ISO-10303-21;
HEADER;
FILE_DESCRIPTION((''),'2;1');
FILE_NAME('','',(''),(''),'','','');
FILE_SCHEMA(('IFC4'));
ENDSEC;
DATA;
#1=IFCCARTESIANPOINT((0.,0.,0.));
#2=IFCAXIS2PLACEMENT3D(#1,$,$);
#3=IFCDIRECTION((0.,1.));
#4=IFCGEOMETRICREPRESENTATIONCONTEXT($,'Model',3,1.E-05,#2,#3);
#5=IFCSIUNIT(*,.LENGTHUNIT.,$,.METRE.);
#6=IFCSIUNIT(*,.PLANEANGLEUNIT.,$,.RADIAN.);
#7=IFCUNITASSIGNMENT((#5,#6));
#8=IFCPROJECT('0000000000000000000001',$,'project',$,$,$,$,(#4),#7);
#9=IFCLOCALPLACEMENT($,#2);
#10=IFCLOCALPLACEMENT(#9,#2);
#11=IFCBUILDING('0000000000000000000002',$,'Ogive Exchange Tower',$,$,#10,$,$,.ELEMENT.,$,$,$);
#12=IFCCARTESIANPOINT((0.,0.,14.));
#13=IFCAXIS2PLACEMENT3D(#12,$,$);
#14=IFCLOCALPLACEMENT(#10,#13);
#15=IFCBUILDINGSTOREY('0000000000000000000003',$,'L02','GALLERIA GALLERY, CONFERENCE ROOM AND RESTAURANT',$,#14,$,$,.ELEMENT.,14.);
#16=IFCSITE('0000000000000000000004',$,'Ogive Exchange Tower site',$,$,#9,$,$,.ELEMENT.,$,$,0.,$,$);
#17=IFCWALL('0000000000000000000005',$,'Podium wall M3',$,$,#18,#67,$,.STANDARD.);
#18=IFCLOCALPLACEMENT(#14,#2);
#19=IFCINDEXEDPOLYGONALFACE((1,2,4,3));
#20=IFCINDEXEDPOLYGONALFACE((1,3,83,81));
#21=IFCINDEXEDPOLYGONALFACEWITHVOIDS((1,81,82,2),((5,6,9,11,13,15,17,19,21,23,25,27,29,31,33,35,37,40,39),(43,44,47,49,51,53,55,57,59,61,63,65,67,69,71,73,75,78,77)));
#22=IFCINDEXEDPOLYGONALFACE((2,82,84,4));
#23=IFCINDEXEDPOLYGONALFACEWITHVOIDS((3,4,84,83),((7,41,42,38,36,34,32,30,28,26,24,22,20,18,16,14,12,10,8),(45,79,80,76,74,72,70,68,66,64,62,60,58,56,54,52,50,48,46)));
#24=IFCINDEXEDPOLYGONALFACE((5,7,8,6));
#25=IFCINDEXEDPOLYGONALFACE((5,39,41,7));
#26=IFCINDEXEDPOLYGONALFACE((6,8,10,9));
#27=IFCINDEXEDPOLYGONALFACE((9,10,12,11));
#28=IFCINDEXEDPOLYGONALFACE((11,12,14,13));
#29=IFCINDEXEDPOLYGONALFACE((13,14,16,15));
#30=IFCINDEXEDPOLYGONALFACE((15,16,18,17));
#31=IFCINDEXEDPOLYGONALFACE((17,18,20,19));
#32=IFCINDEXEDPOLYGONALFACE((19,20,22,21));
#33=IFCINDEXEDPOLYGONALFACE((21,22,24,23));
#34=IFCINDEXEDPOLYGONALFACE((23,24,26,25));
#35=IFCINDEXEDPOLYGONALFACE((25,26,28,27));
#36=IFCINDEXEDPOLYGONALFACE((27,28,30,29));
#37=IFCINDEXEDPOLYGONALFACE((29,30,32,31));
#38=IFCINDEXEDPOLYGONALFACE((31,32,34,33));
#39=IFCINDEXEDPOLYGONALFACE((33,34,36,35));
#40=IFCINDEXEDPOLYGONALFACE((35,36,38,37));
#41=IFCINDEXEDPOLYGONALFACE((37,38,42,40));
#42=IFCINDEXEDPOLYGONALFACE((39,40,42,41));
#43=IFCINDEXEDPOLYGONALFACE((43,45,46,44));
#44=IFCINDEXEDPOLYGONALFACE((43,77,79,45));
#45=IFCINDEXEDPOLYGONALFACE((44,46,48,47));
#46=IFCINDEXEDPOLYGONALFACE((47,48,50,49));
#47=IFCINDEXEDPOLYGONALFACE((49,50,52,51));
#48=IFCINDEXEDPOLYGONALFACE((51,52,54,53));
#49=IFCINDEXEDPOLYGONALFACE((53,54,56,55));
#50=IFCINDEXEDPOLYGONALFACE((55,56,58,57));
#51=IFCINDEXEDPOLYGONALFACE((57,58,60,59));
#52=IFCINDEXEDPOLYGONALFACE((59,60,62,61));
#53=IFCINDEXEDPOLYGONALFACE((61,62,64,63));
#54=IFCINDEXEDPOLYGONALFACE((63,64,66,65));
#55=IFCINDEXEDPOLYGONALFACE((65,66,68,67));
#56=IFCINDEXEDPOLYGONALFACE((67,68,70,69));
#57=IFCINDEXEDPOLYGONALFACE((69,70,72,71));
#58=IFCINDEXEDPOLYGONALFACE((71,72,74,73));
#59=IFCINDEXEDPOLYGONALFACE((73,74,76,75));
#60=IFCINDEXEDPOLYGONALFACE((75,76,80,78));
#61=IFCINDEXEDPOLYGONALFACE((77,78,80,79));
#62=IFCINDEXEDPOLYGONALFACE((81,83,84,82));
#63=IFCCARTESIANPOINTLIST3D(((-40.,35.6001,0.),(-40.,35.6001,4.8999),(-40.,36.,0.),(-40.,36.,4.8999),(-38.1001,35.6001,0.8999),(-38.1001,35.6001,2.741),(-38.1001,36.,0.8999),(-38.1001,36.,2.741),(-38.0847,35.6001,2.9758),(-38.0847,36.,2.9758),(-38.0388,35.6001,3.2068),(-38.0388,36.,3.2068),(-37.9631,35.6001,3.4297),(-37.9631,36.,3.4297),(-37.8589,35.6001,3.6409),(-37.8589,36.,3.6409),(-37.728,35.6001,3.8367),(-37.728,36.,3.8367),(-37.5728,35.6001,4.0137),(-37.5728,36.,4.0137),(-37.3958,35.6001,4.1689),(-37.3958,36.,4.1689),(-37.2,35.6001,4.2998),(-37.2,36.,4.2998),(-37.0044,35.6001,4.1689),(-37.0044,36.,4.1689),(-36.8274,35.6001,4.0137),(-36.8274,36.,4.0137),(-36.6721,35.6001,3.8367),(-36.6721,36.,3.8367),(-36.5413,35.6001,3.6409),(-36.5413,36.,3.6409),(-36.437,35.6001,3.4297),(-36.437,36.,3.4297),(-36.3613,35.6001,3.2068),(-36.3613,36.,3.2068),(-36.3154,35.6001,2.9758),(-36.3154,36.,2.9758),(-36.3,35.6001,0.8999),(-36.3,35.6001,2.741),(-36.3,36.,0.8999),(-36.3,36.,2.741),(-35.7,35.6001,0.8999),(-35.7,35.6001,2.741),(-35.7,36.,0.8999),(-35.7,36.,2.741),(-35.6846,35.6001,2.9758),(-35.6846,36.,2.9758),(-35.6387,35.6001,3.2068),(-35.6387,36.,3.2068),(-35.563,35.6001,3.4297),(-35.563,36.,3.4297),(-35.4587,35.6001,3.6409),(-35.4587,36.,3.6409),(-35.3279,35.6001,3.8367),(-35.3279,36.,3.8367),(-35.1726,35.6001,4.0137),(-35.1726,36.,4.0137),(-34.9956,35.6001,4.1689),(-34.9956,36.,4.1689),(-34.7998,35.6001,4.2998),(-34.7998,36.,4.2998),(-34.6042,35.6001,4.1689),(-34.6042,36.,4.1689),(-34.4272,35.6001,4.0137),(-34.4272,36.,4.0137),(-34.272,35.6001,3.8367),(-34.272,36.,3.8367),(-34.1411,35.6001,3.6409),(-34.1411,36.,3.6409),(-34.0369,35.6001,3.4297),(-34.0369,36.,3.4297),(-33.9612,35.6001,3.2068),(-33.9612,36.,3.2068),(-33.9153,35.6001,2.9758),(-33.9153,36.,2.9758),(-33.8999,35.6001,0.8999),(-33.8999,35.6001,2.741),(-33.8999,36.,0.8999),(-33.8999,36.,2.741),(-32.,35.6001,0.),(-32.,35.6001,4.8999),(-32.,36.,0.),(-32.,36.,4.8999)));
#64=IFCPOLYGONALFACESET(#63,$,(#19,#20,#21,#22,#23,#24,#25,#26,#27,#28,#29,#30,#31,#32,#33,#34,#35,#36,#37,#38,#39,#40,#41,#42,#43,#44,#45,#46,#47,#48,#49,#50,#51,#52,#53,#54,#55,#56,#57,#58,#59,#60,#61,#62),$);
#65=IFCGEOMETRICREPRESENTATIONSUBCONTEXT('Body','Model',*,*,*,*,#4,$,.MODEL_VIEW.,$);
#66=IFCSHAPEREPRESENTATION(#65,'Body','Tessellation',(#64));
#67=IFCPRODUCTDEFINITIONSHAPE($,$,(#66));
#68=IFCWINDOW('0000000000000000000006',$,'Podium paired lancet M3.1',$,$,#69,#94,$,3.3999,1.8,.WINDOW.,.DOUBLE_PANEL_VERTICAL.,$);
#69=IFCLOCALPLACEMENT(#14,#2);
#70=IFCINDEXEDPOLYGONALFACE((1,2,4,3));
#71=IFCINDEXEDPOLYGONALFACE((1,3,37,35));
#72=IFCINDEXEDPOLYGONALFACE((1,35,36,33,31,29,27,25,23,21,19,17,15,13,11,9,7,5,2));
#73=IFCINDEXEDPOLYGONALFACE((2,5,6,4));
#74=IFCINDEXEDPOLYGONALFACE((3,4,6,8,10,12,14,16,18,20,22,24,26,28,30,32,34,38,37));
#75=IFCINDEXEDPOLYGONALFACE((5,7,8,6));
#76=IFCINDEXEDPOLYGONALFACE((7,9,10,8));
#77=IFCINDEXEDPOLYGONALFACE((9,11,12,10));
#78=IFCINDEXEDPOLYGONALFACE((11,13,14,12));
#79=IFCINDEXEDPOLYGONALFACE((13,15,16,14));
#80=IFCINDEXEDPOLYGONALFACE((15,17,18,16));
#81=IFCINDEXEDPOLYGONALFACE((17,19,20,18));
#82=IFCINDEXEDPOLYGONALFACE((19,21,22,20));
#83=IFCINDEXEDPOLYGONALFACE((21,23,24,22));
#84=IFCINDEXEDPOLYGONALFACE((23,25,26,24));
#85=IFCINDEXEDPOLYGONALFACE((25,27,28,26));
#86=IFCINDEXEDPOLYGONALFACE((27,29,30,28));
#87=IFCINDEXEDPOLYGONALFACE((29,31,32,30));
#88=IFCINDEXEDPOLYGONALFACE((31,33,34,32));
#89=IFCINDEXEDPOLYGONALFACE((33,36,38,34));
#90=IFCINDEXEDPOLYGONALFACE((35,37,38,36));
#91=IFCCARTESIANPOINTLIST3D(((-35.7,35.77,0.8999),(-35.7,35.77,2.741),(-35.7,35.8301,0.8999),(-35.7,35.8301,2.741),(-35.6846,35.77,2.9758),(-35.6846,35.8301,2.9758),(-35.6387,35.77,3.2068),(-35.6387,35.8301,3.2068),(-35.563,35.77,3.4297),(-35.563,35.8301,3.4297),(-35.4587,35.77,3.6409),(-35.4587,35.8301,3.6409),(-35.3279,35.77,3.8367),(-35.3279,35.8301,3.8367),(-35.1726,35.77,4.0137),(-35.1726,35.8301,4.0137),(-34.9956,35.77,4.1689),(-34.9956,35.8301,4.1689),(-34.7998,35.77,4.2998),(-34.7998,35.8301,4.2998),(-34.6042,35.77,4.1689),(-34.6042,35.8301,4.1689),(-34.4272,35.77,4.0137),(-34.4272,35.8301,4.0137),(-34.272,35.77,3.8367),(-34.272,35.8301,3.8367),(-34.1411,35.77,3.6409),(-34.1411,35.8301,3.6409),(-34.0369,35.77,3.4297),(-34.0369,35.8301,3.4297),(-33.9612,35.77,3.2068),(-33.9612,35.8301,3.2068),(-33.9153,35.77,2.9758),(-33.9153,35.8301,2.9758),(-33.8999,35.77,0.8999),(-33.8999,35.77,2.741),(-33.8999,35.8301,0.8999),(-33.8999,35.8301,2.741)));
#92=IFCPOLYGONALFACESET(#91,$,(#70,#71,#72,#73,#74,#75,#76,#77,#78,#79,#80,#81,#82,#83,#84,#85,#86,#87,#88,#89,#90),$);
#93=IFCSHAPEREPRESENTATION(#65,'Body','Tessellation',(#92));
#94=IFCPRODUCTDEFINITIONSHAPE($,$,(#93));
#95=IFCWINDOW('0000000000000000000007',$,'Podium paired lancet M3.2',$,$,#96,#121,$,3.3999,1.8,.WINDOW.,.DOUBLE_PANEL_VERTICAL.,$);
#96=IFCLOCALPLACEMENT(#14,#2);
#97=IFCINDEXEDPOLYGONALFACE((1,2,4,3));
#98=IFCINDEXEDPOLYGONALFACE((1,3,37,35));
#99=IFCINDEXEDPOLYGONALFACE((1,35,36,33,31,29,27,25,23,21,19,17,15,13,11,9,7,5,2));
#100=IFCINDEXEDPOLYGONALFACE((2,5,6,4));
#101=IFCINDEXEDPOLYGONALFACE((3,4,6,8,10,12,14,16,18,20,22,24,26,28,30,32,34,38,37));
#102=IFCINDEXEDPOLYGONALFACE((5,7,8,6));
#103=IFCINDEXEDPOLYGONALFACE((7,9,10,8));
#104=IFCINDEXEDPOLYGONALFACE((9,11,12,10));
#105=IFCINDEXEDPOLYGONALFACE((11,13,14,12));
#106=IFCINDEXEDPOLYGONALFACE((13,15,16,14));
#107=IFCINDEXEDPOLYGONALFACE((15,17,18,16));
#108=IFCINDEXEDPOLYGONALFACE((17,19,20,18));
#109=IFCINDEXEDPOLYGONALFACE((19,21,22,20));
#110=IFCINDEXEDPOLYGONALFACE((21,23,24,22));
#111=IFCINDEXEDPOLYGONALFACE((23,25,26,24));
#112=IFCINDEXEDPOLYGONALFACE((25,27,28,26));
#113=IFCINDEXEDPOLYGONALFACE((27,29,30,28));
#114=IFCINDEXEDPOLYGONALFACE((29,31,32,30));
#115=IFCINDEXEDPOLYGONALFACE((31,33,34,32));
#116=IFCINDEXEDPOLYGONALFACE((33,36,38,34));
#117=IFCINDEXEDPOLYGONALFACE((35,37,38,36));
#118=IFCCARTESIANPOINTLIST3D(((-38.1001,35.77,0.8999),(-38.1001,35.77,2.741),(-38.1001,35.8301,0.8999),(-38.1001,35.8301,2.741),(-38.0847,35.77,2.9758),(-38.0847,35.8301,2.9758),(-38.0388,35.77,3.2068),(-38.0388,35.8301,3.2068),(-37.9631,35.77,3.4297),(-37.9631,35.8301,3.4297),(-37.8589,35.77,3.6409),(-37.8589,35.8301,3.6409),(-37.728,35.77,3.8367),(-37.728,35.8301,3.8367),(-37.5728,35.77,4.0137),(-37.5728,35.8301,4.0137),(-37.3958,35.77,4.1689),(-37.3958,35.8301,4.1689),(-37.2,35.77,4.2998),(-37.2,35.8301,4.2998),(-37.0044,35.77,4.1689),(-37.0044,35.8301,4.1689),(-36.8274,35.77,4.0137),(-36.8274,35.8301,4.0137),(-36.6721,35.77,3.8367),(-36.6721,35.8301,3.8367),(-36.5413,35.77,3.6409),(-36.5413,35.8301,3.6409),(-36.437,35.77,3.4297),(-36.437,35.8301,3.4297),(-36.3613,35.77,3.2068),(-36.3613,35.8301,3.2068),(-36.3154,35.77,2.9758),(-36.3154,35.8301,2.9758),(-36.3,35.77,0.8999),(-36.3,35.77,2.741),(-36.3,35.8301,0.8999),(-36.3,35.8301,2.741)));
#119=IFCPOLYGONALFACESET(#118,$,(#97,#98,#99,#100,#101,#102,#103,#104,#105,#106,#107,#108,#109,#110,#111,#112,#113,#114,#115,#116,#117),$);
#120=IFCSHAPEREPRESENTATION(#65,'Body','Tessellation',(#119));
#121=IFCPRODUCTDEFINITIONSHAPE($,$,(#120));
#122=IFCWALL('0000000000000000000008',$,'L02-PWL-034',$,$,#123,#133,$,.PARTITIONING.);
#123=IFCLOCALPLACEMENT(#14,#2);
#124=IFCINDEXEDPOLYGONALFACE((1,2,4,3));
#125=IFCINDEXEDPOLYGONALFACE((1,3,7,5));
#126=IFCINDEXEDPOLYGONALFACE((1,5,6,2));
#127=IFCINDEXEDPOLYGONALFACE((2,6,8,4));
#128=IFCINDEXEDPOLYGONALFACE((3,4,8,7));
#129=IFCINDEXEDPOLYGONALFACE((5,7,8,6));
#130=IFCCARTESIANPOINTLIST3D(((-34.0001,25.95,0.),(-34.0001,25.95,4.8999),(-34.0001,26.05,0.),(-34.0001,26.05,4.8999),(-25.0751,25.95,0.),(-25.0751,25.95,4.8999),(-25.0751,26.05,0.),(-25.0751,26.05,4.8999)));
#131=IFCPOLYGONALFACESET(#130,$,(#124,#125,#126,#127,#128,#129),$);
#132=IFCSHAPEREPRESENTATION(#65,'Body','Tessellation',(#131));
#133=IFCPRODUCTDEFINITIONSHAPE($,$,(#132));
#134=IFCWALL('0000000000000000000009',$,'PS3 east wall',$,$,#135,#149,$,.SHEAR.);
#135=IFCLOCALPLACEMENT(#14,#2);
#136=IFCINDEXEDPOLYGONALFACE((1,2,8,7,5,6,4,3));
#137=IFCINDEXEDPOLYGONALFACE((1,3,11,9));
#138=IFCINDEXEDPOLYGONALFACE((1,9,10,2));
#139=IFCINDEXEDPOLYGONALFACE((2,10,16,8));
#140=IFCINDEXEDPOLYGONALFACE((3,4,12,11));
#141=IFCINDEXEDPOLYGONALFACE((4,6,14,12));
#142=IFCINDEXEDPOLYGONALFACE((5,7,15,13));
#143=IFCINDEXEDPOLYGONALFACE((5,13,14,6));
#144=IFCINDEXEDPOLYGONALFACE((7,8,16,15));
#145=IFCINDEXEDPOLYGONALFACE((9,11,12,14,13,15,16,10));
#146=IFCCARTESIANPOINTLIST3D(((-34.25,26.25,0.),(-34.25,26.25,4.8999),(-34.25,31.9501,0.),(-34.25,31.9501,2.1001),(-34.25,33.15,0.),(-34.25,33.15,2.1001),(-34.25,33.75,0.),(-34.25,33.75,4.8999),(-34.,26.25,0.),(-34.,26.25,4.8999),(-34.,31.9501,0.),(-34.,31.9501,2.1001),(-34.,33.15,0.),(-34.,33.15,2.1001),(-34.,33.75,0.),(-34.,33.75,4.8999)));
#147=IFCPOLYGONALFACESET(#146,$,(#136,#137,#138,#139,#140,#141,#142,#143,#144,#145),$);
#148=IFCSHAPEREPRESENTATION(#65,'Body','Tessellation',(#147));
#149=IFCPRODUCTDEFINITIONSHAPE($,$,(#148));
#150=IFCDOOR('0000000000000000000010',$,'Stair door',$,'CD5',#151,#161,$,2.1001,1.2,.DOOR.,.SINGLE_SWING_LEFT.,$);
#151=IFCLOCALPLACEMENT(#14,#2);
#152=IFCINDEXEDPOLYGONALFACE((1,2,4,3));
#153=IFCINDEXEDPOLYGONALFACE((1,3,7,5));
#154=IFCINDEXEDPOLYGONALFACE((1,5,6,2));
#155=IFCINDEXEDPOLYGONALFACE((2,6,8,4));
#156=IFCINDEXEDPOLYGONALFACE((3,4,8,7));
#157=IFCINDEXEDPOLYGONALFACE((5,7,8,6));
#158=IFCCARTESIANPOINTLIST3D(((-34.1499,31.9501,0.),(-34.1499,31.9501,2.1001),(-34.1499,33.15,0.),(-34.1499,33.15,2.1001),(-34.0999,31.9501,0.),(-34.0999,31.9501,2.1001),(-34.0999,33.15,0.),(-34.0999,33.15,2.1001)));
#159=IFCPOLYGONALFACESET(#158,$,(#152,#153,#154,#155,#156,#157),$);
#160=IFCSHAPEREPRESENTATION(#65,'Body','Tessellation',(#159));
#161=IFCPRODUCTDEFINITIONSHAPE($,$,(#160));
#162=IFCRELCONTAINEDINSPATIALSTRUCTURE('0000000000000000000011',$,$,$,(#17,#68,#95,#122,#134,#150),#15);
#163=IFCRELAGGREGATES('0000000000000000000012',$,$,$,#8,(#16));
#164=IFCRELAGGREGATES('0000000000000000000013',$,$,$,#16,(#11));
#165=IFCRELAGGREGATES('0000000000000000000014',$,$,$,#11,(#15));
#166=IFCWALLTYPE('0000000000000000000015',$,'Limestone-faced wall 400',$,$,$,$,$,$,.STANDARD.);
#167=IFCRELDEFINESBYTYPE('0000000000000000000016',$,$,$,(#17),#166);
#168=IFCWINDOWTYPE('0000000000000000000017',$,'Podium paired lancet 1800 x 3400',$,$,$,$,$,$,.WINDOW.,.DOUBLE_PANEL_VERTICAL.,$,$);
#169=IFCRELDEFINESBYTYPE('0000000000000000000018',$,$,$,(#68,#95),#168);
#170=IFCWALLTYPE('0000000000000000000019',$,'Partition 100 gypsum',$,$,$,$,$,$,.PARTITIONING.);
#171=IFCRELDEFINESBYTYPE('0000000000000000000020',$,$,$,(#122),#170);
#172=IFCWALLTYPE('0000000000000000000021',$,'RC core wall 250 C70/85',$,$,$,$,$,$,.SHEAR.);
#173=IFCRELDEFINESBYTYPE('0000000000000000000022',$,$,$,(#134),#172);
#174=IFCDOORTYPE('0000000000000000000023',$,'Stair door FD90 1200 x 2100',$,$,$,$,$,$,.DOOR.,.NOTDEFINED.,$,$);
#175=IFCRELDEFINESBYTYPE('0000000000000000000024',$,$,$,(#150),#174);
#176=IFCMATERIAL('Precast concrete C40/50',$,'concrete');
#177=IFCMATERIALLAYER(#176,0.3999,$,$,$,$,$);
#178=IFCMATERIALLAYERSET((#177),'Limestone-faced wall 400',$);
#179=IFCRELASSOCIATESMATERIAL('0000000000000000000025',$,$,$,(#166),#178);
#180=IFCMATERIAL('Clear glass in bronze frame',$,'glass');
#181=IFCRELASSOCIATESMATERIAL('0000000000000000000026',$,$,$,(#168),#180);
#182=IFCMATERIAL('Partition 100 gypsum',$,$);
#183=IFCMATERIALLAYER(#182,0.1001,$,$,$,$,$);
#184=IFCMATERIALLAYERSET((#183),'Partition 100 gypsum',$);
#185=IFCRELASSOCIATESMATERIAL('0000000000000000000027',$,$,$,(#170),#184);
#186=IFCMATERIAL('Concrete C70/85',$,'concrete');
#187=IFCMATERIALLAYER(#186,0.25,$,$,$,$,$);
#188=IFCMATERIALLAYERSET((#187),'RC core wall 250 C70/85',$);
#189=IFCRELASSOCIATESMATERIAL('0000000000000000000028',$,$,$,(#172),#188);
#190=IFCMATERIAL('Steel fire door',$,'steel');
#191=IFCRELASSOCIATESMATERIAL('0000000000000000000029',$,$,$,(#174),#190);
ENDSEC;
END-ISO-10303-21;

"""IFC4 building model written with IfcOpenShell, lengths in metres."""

from ifc_helpers import new_model, si_unit, direction, frame, frame_2d, origin, place, context, subcontext, project, spatial, polyline, rectangle, outline, extrude, material, layer, layer_set, type_object, element, fill, save


model = new_model("IFC4")

# Units and contexts
model_context = context("Model", 3, precision=1e-05, world=origin(), true_north=direction((0.0, 1.0)))
body_context = subcontext(model_context, "Body", "Model", "MODEL_VIEW")
ifc_project = project(units=[si_unit("LENGTHUNIT", "METRE"), si_unit("PLANEANGLEUNIT", "RADIAN")], contexts=[model_context])

# Site, building, storey
site_placement = place(None, origin())
site = spatial("IfcSite", under=ifc_project, at=site_placement, Name="Ogive Exchange Tower site", CompositionType="ELEMENT", RefElevation=0.0)
building_placement = place(site_placement, origin())
building = spatial("IfcBuilding", under=site, at=building_placement, Name="Ogive Exchange Tower", CompositionType="ELEMENT")
storey_placement = place(building_placement, frame((0.0, 0.0, 14.0)))
storey = spatial("IfcBuildingStorey", under=building, at=storey_placement, Name="L02", Description="GALLERIA GALLERY, CONFERENCE ROOM AND RESTAURANT", CompositionType="ELEMENT", Elevation=14.0)

# Shared definitions
ifc_material_1 = material(Name="Concrete C70/85", Category="concrete")

# Shared definitions
ifc_material_2 = material(Name="Precast concrete C40/50", Category="concrete")
ifc_layer_1 = layer(ifc_material_2, 0.3999)
ifc_layer_set_1 = layer_set([ifc_layer_1], Name="Limestone-faced wall 400")
wall_type_1 = type_object("IfcWallType", Name="Limestone-faced wall 400", PredefinedType="STANDARD", material=ifc_layer_set_1)

# Wall, openings, windows
ifc_material_3 = material(Name="Clear glass in bronze frame", Category="glass")
window_type = type_object("IfcWindowType", Name="Podium paired lancet 1800 x 3400", PartitioningType="DOUBLE_PANEL_VERTICAL", PredefinedType="WINDOW", material=ifc_material_3)
wall_1_placement = place(storey_placement, frame((-32.0, 35.8, 0.0), z_axis=(0.0, 0.0, 1.0), x_axis=(-1.0, 0.0, 0.0)))
wall_1 = element("IfcWall", 1, at=wall_1_placement, inside=storey, type_object=wall_type_1, Name="Podium wall M3", PredefinedType="STANDARD", context=body_context, shape_type="SweptSolid", body=[
    extrude(rectangle(XDim=8.0, YDim=0.3999, at=frame_2d((4.0, 0.0))), origin(), (0.0, 0.0, 1.0), 4.8999),
])
opening_1_placement = place(wall_1_placement, frame((1.8999, 0.0, 0.8999)))
opening_1 = element("IfcOpeningElement", 2, at=opening_1_placement, cuts=wall_1, PredefinedType="OPENING", context=body_context, shape_type="SweptSolid", body=[
    extrude(outline(polyline([(0.0, 0.0), (1.8, 0.0), (1.8, 1.8411), (1.7847, 2.0759), (1.7388, 2.3069), (1.6631, 2.5298), (1.5588, 2.741), (1.428, 2.9368), (1.2727, 3.1138), (1.0957, 3.269), (0.8999, 3.3999), (0.7043, 3.269), (0.5273, 3.1138), (0.3721, 2.9368), (0.2412, 2.741), (0.137, 2.5298), (0.0613, 2.3069), (0.0154, 2.0759), (0.0, 1.8411), (0.0, 0.0)])), frame((0.0, 0.21, 0.0), z_axis=(0.0, -1.0, 0.0), x_axis=(1.0, 0.0, 0.0)), (0.0, 0.0, 1.0), 0.4199),
])
opening_2_placement = place(wall_1_placement, frame((4.3, 0.0, 0.8999)))
opening_2 = element("IfcOpeningElement", 3, at=opening_2_placement, cuts=wall_1, PredefinedType="OPENING", context=body_context, shape_type="SweptSolid", body=[
    extrude(outline(polyline([(0.0, 0.0), (1.8, 0.0), (1.8, 1.8411), (1.7847, 2.0759), (1.7388, 2.3069), (1.6631, 2.5298), (1.5588, 2.741), (1.428, 2.9368), (1.2727, 3.1138), (1.0957, 3.269), (0.8999, 3.3999), (0.7043, 3.269), (0.5273, 3.1138), (0.3721, 2.9368), (0.2412, 2.741), (0.137, 2.5298), (0.0613, 2.3069), (0.0154, 2.0759), (0.0, 1.8411), (0.0, 0.0)])), frame((0.0, 0.21, 0.0), z_axis=(0.0, -1.0, 0.0), x_axis=(1.0, 0.0, 0.0)), (0.0, 0.0, 1.0), 0.4199),
])
window_1_placement = place(opening_1_placement, origin())
window_1 = element("IfcWindow", 4, at=window_1_placement, inside=storey, type_object=window_type, Name="Podium paired lancet M3.1", OverallHeight=3.3999, OverallWidth=1.8, PartitioningType="DOUBLE_PANEL_VERTICAL", PredefinedType="WINDOW", context=body_context, shape_type="SweptSolid", body=[
    extrude(outline(polyline([(0.0, 0.0), (1.8, 0.0), (1.8, 1.8411), (1.7847, 2.0759), (1.7388, 2.3069), (1.6631, 2.5298), (1.5588, 2.741), (1.428, 2.9368), (1.2727, 3.1138), (1.0957, 3.269), (0.8999, 3.3999), (0.7043, 3.269), (0.5273, 3.1138), (0.3721, 2.9368), (0.2412, 2.741), (0.137, 2.5298), (0.0613, 2.3069), (0.0154, 2.0759), (0.0, 1.8411), (0.0, 0.0)])), frame((0.0, 0.03, 0.0), z_axis=(0.0, -1.0, 0.0), x_axis=(1.0, 0.0, 0.0)), (0.0, 0.0, 1.0), 0.0601),
])
fill(opening_1, window_1)
window_2_placement = place(opening_2_placement, origin())
window_2 = element("IfcWindow", 5, at=window_2_placement, inside=storey, type_object=window_type, Name="Podium paired lancet M3.2", OverallHeight=3.3999, OverallWidth=1.8, PartitioningType="DOUBLE_PANEL_VERTICAL", PredefinedType="WINDOW", context=body_context, shape_type="SweptSolid", body=[
    extrude(outline(polyline([(0.0, 0.0), (1.8, 0.0), (1.8, 1.8411), (1.7847, 2.0759), (1.7388, 2.3069), (1.6631, 2.5298), (1.5588, 2.741), (1.428, 2.9368), (1.2727, 3.1138), (1.0957, 3.269), (0.8999, 3.3999), (0.7043, 3.269), (0.5273, 3.1138), (0.3721, 2.9368), (0.2412, 2.741), (0.137, 2.5298), (0.0613, 2.3069), (0.0154, 2.0759), (0.0, 1.8411), (0.0, 0.0)])), frame((0.0, 0.03, 0.0), z_axis=(0.0, -1.0, 0.0), x_axis=(1.0, 0.0, 0.0)), (0.0, 0.0, 1.0), 0.0601),
])
fill(opening_2, window_2)

# Wall
ifc_material_4 = material(Name="Partition 100 gypsum")
ifc_layer_2 = layer(ifc_material_4, 0.1001)
ifc_layer_set_2 = layer_set([ifc_layer_2], Name="Partition 100 gypsum")
wall_type_2 = type_object("IfcWallType", Name="Partition 100 gypsum", PredefinedType="PARTITIONING", material=ifc_layer_set_2)
wall_2_placement = place(storey_placement, frame((-34.0, 26.0, 0.0), z_axis=(0.0, 0.0, 1.0), x_axis=(1.0, 0.0, 0.0)))
element("IfcWall", 6, at=wall_2_placement, inside=storey, type_object=wall_type_2, Name="L02-PWL-034", PredefinedType="PARTITIONING", context=body_context, shape_type="SweptSolid", body=[
    extrude(rectangle(XDim=8.925, YDim=0.1001, at=frame_2d((4.4624, 0.0))), origin(), (0.0, 0.0, 1.0), 4.8999),
])

# Wall, opening, door
ifc_layer_3 = layer(ifc_material_1, 0.25)
ifc_layer_set_3 = layer_set([ifc_layer_3], Name="RC core wall 250 C70/85")
wall_type_3 = type_object("IfcWallType", Name="RC core wall 250 C70/85", PredefinedType="SHEAR", material=ifc_layer_set_3)
wall_3_placement = place(storey_placement, frame((-34.125, 26.25, 0.0), z_axis=(0.0, 0.0, 1.0), x_axis=(0.0, 1.0, 0.0)))
wall_3 = element("IfcWall", 7, at=wall_3_placement, inside=storey, type_object=wall_type_3, Name="PS3 east wall", PredefinedType="SHEAR", context=body_context, shape_type="SweptSolid", body=[
    extrude(rectangle(XDim=7.5, YDim=0.25, at=frame_2d((3.75, 0.0))), origin(), (0.0, 0.0, 1.0), 4.8999),
])
opening_3_placement = place(wall_3_placement, frame((5.7, 0.0, 0.0)))
opening_3 = element("IfcOpeningElement", 8, at=opening_3_placement, cuts=wall_3, PredefinedType="OPENING", context=body_context, shape_type="SweptSolid", body=[
    extrude(rectangle(XDim=1.2, YDim=2.1001, at=frame_2d((0.6001, 1.05))), frame((0.0, 0.135, 0.0), z_axis=(0.0, -1.0, 0.0), x_axis=(1.0, 0.0, 0.0)), (0.0, 0.0, 1.0), 0.27),
])
ifc_material_5 = material(Name="Steel fire door", Category="steel")
door_type_1 = type_object("IfcDoorType", Name="Stair door FD90 1200 x 2100", OperationType="NOTDEFINED", PredefinedType="DOOR", material=ifc_material_5)
door_1_placement = place(opening_3_placement, origin())
door_1 = element("IfcDoor", 9, at=door_1_placement, inside=storey, type_object=door_type_1, Name="Stair door", ObjectType="CD5", OperationType="SINGLE_SWING_LEFT", OverallHeight=2.1001, OverallWidth=1.2, PredefinedType="DOOR", context=body_context, shape_type="SweptSolid", body=[
    extrude(rectangle(XDim=1.2, YDim=2.1001, at=frame_2d((0.6001, 1.05))), frame((0.0, 0.0249, 0.0), z_axis=(0.0, -1.0, 0.0), x_axis=(1.0, 0.0, 0.0)), (0.0, 0.0, 1.0), 0.05),
])
fill(opening_3, door_1)

save(model, "model.ifc")
